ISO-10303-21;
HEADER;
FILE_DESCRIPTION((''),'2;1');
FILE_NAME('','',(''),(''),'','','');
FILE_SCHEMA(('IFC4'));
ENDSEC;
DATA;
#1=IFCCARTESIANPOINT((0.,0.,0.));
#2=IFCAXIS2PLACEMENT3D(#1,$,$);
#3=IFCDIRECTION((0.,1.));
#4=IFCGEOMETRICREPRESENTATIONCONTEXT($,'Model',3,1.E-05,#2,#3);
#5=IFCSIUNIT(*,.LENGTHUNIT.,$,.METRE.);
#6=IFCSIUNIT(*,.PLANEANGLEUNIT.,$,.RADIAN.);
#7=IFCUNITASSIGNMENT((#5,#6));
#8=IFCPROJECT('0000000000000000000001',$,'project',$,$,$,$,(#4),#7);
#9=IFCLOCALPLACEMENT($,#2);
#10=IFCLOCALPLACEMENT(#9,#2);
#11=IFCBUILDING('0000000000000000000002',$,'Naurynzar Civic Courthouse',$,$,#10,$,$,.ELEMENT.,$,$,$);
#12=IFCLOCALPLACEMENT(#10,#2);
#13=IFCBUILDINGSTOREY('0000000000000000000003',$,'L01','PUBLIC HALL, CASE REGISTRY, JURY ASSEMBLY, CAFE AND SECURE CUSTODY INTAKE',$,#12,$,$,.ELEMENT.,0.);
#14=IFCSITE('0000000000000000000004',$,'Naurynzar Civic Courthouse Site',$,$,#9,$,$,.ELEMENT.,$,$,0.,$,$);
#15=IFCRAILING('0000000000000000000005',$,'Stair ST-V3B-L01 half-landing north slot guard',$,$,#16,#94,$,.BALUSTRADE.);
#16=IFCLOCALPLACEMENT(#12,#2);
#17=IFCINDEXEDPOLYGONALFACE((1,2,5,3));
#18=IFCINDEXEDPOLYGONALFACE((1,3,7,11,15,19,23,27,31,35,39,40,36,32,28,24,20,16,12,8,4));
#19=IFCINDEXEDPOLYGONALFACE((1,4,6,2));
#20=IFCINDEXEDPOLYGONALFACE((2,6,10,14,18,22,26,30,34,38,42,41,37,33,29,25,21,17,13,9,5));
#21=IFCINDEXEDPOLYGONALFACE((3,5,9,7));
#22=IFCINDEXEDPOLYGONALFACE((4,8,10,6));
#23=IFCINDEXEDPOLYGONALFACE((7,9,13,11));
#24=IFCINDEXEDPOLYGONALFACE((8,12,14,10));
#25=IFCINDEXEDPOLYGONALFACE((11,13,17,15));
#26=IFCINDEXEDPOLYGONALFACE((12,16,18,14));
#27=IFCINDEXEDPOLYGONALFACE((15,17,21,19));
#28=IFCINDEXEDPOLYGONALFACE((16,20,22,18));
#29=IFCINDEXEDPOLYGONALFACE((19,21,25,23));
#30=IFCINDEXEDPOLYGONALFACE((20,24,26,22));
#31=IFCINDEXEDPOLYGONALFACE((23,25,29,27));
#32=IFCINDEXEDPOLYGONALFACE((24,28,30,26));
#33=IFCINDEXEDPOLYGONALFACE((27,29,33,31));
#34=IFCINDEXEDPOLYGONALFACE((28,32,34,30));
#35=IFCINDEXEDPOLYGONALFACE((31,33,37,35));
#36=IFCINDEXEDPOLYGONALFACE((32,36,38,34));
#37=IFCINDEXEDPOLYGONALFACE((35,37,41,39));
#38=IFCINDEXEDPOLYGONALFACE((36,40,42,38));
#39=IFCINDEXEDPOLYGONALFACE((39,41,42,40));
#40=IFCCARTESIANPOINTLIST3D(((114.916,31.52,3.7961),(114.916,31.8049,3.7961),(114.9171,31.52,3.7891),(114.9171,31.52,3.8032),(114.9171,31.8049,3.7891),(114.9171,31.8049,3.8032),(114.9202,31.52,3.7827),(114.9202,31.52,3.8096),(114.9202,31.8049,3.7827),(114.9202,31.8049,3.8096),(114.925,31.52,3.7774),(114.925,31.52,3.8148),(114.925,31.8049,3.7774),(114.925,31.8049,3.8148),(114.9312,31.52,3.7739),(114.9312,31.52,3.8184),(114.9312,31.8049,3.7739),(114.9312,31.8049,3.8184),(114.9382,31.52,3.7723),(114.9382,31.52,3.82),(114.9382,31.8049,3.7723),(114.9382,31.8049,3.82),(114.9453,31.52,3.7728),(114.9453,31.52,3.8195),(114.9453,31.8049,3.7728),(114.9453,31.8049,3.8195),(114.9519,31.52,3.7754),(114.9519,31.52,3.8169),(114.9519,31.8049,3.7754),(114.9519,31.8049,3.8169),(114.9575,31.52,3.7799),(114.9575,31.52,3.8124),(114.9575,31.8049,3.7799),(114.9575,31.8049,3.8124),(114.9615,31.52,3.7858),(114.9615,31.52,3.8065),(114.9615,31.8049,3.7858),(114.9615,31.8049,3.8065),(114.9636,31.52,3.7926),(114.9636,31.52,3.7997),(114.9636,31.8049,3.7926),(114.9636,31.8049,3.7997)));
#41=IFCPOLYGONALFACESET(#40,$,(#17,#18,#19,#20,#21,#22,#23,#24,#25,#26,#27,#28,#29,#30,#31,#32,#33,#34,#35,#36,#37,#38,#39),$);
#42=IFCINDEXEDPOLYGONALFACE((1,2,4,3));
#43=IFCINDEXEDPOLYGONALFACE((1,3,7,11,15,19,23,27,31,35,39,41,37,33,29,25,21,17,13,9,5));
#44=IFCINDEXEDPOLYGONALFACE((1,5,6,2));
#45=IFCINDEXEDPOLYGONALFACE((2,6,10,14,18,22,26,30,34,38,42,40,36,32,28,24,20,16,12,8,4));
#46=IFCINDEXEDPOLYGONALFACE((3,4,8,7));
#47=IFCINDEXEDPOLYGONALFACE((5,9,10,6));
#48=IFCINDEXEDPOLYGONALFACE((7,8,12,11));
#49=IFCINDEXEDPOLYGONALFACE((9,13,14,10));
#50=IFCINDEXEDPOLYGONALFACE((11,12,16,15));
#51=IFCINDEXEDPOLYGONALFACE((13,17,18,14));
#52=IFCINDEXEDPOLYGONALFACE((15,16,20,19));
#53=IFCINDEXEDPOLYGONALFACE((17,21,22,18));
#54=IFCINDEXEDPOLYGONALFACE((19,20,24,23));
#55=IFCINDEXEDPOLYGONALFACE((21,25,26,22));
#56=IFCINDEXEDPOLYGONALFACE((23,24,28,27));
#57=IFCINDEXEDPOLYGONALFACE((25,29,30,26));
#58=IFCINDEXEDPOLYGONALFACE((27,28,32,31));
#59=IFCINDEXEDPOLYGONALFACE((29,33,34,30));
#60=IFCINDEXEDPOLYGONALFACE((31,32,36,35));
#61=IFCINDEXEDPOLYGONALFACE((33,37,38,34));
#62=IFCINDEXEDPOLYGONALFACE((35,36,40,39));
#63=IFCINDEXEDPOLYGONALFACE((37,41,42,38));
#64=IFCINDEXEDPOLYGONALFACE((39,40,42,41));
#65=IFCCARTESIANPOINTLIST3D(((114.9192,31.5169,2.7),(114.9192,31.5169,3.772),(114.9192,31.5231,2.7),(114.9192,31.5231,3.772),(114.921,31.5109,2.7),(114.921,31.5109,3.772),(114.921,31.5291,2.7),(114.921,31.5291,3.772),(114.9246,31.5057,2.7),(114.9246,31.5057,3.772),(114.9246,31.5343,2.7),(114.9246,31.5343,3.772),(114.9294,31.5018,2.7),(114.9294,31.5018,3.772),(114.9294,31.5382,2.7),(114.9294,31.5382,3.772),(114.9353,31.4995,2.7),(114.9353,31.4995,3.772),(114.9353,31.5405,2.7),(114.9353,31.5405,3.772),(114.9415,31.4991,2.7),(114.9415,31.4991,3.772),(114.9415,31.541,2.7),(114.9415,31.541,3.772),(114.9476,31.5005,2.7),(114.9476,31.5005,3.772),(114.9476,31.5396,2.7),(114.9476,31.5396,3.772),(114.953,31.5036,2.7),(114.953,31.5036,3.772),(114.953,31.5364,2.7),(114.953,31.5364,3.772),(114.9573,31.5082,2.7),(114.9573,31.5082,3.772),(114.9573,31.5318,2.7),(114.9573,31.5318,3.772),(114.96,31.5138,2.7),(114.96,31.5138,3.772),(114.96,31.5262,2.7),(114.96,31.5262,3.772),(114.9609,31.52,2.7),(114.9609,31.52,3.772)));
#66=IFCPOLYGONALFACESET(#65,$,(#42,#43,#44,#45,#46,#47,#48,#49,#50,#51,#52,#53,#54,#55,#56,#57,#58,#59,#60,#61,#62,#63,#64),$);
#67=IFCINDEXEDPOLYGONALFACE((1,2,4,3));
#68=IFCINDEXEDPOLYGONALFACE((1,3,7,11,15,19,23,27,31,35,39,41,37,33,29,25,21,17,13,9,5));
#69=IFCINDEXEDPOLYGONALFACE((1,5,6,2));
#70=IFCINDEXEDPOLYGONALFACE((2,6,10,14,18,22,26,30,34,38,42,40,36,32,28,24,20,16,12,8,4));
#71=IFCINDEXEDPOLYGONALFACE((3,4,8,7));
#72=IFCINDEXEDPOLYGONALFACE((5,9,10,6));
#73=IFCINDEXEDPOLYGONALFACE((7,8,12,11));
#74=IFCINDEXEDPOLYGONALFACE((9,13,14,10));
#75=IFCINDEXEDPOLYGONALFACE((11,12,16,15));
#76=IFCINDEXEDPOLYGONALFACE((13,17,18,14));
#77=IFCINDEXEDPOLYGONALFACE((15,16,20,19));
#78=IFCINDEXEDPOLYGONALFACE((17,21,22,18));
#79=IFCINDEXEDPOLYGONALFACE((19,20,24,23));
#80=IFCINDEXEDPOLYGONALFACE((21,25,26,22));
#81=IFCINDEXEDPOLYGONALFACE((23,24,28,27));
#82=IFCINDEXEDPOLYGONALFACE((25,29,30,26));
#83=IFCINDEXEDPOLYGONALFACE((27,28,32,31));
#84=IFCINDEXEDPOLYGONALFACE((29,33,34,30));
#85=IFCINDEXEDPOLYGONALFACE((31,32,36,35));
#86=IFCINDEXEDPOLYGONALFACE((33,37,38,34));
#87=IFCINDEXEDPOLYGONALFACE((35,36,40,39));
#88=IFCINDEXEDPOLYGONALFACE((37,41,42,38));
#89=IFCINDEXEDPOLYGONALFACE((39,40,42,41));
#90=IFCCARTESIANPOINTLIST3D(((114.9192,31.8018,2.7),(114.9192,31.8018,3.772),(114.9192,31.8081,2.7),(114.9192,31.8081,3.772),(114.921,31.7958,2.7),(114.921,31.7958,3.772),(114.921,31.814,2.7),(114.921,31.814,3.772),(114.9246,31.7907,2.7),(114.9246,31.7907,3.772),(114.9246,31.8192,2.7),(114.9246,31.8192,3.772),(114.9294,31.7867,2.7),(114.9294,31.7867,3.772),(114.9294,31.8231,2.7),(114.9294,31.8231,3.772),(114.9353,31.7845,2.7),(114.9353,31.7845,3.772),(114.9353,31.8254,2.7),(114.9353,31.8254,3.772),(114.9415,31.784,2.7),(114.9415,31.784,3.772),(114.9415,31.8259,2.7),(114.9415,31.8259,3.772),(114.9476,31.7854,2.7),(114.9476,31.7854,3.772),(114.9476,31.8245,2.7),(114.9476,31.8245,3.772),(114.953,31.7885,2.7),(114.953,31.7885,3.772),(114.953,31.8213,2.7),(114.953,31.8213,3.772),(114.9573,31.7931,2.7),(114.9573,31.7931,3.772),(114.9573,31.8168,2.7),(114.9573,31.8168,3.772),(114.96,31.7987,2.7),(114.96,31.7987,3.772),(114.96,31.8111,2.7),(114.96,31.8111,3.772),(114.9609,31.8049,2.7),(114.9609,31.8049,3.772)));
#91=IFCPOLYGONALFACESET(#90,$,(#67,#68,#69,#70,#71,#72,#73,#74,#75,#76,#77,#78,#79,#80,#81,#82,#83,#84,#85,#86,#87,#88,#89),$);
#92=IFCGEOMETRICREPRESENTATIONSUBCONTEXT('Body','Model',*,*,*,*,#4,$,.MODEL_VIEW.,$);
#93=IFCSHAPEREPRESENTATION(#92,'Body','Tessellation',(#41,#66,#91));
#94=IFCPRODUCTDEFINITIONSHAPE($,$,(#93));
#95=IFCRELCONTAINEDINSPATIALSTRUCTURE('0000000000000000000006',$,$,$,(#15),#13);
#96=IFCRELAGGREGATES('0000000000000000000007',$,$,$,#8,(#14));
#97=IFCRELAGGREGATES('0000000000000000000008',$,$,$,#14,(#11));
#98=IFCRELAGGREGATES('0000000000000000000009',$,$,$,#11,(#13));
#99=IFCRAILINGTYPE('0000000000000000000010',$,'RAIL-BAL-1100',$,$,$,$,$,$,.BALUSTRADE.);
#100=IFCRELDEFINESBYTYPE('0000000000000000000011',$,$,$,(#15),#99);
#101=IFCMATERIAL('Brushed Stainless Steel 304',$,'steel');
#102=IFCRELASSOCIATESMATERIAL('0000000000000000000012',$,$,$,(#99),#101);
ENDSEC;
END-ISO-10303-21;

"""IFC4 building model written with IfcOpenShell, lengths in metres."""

from ifc_helpers import new_model, si_unit, direction, frame, origin, origin_2d, place, context, subcontext, project, spatial, circle, extrude, material, type_object, element, save


model = new_model("IFC4")

# Units and contexts
model_context = context("Model", 3, precision=1e-05, world=origin(), true_north=direction((0.0, 1.0)))
body_context = subcontext(model_context, "Body", "Model", "MODEL_VIEW")
ifc_project = project(units=[si_unit("LENGTHUNIT", "METRE"), si_unit("PLANEANGLEUNIT", "RADIAN")], contexts=[model_context])

# Site, building, storey
site_placement = place(None, origin())
site = spatial("IfcSite", under=ifc_project, at=site_placement, Name="Naurynzar Civic Courthouse Site", CompositionType="ELEMENT", RefElevation=0.0)
building_placement = place(site_placement, origin())
building = spatial("IfcBuilding", under=site, at=building_placement, Name="Naurynzar Civic Courthouse", CompositionType="ELEMENT")
storey_placement = place(building_placement, origin())
storey = spatial("IfcBuildingStorey", under=building, at=storey_placement, Name="L01", Description="PUBLIC HALL, CASE REGISTRY, JURY ASSEMBLY, CAFE AND SECURE CUSTODY INTAKE", CompositionType="ELEMENT", Elevation=0.0)

# Railing
ifc_material_1 = material(Name="Brushed Stainless Steel 304", Category="steel")
railing_type_1 = type_object("IfcRailingType", Name="RAIL-BAL-1100", PredefinedType="BALUSTRADE", material=ifc_material_1)
railing_1_placement = place(storey_placement, frame((114.9399, 31.52, 2.7)))
element("IfcRailing", 1, at=railing_1_placement, inside=storey, type_object=railing_type_1, Name="Stair ST-V3B-L01 half-landing north slot guard", PredefinedType="BALUSTRADE", context=body_context, shape_type="SweptSolid", body=[
    extrude(circle(Radius=0.0239, at=origin_2d()), frame((0.0, 0.0, 1.0962), z_axis=(0.0, 1.0, 0.0), x_axis=(-1.0, 0.0, 0.0)), (0.0, 0.0, 1.0), 0.2849),
    extrude(circle(Radius=0.021, at=origin_2d()), origin(), (0.0, 0.0, 1.0), 1.072),
    extrude(circle(Radius=0.021, at=origin_2d()), frame((0.0, 0.2849, 0.0)), (0.0, 0.0, 1.0), 1.072),
])

save(model, "model.ifc")
